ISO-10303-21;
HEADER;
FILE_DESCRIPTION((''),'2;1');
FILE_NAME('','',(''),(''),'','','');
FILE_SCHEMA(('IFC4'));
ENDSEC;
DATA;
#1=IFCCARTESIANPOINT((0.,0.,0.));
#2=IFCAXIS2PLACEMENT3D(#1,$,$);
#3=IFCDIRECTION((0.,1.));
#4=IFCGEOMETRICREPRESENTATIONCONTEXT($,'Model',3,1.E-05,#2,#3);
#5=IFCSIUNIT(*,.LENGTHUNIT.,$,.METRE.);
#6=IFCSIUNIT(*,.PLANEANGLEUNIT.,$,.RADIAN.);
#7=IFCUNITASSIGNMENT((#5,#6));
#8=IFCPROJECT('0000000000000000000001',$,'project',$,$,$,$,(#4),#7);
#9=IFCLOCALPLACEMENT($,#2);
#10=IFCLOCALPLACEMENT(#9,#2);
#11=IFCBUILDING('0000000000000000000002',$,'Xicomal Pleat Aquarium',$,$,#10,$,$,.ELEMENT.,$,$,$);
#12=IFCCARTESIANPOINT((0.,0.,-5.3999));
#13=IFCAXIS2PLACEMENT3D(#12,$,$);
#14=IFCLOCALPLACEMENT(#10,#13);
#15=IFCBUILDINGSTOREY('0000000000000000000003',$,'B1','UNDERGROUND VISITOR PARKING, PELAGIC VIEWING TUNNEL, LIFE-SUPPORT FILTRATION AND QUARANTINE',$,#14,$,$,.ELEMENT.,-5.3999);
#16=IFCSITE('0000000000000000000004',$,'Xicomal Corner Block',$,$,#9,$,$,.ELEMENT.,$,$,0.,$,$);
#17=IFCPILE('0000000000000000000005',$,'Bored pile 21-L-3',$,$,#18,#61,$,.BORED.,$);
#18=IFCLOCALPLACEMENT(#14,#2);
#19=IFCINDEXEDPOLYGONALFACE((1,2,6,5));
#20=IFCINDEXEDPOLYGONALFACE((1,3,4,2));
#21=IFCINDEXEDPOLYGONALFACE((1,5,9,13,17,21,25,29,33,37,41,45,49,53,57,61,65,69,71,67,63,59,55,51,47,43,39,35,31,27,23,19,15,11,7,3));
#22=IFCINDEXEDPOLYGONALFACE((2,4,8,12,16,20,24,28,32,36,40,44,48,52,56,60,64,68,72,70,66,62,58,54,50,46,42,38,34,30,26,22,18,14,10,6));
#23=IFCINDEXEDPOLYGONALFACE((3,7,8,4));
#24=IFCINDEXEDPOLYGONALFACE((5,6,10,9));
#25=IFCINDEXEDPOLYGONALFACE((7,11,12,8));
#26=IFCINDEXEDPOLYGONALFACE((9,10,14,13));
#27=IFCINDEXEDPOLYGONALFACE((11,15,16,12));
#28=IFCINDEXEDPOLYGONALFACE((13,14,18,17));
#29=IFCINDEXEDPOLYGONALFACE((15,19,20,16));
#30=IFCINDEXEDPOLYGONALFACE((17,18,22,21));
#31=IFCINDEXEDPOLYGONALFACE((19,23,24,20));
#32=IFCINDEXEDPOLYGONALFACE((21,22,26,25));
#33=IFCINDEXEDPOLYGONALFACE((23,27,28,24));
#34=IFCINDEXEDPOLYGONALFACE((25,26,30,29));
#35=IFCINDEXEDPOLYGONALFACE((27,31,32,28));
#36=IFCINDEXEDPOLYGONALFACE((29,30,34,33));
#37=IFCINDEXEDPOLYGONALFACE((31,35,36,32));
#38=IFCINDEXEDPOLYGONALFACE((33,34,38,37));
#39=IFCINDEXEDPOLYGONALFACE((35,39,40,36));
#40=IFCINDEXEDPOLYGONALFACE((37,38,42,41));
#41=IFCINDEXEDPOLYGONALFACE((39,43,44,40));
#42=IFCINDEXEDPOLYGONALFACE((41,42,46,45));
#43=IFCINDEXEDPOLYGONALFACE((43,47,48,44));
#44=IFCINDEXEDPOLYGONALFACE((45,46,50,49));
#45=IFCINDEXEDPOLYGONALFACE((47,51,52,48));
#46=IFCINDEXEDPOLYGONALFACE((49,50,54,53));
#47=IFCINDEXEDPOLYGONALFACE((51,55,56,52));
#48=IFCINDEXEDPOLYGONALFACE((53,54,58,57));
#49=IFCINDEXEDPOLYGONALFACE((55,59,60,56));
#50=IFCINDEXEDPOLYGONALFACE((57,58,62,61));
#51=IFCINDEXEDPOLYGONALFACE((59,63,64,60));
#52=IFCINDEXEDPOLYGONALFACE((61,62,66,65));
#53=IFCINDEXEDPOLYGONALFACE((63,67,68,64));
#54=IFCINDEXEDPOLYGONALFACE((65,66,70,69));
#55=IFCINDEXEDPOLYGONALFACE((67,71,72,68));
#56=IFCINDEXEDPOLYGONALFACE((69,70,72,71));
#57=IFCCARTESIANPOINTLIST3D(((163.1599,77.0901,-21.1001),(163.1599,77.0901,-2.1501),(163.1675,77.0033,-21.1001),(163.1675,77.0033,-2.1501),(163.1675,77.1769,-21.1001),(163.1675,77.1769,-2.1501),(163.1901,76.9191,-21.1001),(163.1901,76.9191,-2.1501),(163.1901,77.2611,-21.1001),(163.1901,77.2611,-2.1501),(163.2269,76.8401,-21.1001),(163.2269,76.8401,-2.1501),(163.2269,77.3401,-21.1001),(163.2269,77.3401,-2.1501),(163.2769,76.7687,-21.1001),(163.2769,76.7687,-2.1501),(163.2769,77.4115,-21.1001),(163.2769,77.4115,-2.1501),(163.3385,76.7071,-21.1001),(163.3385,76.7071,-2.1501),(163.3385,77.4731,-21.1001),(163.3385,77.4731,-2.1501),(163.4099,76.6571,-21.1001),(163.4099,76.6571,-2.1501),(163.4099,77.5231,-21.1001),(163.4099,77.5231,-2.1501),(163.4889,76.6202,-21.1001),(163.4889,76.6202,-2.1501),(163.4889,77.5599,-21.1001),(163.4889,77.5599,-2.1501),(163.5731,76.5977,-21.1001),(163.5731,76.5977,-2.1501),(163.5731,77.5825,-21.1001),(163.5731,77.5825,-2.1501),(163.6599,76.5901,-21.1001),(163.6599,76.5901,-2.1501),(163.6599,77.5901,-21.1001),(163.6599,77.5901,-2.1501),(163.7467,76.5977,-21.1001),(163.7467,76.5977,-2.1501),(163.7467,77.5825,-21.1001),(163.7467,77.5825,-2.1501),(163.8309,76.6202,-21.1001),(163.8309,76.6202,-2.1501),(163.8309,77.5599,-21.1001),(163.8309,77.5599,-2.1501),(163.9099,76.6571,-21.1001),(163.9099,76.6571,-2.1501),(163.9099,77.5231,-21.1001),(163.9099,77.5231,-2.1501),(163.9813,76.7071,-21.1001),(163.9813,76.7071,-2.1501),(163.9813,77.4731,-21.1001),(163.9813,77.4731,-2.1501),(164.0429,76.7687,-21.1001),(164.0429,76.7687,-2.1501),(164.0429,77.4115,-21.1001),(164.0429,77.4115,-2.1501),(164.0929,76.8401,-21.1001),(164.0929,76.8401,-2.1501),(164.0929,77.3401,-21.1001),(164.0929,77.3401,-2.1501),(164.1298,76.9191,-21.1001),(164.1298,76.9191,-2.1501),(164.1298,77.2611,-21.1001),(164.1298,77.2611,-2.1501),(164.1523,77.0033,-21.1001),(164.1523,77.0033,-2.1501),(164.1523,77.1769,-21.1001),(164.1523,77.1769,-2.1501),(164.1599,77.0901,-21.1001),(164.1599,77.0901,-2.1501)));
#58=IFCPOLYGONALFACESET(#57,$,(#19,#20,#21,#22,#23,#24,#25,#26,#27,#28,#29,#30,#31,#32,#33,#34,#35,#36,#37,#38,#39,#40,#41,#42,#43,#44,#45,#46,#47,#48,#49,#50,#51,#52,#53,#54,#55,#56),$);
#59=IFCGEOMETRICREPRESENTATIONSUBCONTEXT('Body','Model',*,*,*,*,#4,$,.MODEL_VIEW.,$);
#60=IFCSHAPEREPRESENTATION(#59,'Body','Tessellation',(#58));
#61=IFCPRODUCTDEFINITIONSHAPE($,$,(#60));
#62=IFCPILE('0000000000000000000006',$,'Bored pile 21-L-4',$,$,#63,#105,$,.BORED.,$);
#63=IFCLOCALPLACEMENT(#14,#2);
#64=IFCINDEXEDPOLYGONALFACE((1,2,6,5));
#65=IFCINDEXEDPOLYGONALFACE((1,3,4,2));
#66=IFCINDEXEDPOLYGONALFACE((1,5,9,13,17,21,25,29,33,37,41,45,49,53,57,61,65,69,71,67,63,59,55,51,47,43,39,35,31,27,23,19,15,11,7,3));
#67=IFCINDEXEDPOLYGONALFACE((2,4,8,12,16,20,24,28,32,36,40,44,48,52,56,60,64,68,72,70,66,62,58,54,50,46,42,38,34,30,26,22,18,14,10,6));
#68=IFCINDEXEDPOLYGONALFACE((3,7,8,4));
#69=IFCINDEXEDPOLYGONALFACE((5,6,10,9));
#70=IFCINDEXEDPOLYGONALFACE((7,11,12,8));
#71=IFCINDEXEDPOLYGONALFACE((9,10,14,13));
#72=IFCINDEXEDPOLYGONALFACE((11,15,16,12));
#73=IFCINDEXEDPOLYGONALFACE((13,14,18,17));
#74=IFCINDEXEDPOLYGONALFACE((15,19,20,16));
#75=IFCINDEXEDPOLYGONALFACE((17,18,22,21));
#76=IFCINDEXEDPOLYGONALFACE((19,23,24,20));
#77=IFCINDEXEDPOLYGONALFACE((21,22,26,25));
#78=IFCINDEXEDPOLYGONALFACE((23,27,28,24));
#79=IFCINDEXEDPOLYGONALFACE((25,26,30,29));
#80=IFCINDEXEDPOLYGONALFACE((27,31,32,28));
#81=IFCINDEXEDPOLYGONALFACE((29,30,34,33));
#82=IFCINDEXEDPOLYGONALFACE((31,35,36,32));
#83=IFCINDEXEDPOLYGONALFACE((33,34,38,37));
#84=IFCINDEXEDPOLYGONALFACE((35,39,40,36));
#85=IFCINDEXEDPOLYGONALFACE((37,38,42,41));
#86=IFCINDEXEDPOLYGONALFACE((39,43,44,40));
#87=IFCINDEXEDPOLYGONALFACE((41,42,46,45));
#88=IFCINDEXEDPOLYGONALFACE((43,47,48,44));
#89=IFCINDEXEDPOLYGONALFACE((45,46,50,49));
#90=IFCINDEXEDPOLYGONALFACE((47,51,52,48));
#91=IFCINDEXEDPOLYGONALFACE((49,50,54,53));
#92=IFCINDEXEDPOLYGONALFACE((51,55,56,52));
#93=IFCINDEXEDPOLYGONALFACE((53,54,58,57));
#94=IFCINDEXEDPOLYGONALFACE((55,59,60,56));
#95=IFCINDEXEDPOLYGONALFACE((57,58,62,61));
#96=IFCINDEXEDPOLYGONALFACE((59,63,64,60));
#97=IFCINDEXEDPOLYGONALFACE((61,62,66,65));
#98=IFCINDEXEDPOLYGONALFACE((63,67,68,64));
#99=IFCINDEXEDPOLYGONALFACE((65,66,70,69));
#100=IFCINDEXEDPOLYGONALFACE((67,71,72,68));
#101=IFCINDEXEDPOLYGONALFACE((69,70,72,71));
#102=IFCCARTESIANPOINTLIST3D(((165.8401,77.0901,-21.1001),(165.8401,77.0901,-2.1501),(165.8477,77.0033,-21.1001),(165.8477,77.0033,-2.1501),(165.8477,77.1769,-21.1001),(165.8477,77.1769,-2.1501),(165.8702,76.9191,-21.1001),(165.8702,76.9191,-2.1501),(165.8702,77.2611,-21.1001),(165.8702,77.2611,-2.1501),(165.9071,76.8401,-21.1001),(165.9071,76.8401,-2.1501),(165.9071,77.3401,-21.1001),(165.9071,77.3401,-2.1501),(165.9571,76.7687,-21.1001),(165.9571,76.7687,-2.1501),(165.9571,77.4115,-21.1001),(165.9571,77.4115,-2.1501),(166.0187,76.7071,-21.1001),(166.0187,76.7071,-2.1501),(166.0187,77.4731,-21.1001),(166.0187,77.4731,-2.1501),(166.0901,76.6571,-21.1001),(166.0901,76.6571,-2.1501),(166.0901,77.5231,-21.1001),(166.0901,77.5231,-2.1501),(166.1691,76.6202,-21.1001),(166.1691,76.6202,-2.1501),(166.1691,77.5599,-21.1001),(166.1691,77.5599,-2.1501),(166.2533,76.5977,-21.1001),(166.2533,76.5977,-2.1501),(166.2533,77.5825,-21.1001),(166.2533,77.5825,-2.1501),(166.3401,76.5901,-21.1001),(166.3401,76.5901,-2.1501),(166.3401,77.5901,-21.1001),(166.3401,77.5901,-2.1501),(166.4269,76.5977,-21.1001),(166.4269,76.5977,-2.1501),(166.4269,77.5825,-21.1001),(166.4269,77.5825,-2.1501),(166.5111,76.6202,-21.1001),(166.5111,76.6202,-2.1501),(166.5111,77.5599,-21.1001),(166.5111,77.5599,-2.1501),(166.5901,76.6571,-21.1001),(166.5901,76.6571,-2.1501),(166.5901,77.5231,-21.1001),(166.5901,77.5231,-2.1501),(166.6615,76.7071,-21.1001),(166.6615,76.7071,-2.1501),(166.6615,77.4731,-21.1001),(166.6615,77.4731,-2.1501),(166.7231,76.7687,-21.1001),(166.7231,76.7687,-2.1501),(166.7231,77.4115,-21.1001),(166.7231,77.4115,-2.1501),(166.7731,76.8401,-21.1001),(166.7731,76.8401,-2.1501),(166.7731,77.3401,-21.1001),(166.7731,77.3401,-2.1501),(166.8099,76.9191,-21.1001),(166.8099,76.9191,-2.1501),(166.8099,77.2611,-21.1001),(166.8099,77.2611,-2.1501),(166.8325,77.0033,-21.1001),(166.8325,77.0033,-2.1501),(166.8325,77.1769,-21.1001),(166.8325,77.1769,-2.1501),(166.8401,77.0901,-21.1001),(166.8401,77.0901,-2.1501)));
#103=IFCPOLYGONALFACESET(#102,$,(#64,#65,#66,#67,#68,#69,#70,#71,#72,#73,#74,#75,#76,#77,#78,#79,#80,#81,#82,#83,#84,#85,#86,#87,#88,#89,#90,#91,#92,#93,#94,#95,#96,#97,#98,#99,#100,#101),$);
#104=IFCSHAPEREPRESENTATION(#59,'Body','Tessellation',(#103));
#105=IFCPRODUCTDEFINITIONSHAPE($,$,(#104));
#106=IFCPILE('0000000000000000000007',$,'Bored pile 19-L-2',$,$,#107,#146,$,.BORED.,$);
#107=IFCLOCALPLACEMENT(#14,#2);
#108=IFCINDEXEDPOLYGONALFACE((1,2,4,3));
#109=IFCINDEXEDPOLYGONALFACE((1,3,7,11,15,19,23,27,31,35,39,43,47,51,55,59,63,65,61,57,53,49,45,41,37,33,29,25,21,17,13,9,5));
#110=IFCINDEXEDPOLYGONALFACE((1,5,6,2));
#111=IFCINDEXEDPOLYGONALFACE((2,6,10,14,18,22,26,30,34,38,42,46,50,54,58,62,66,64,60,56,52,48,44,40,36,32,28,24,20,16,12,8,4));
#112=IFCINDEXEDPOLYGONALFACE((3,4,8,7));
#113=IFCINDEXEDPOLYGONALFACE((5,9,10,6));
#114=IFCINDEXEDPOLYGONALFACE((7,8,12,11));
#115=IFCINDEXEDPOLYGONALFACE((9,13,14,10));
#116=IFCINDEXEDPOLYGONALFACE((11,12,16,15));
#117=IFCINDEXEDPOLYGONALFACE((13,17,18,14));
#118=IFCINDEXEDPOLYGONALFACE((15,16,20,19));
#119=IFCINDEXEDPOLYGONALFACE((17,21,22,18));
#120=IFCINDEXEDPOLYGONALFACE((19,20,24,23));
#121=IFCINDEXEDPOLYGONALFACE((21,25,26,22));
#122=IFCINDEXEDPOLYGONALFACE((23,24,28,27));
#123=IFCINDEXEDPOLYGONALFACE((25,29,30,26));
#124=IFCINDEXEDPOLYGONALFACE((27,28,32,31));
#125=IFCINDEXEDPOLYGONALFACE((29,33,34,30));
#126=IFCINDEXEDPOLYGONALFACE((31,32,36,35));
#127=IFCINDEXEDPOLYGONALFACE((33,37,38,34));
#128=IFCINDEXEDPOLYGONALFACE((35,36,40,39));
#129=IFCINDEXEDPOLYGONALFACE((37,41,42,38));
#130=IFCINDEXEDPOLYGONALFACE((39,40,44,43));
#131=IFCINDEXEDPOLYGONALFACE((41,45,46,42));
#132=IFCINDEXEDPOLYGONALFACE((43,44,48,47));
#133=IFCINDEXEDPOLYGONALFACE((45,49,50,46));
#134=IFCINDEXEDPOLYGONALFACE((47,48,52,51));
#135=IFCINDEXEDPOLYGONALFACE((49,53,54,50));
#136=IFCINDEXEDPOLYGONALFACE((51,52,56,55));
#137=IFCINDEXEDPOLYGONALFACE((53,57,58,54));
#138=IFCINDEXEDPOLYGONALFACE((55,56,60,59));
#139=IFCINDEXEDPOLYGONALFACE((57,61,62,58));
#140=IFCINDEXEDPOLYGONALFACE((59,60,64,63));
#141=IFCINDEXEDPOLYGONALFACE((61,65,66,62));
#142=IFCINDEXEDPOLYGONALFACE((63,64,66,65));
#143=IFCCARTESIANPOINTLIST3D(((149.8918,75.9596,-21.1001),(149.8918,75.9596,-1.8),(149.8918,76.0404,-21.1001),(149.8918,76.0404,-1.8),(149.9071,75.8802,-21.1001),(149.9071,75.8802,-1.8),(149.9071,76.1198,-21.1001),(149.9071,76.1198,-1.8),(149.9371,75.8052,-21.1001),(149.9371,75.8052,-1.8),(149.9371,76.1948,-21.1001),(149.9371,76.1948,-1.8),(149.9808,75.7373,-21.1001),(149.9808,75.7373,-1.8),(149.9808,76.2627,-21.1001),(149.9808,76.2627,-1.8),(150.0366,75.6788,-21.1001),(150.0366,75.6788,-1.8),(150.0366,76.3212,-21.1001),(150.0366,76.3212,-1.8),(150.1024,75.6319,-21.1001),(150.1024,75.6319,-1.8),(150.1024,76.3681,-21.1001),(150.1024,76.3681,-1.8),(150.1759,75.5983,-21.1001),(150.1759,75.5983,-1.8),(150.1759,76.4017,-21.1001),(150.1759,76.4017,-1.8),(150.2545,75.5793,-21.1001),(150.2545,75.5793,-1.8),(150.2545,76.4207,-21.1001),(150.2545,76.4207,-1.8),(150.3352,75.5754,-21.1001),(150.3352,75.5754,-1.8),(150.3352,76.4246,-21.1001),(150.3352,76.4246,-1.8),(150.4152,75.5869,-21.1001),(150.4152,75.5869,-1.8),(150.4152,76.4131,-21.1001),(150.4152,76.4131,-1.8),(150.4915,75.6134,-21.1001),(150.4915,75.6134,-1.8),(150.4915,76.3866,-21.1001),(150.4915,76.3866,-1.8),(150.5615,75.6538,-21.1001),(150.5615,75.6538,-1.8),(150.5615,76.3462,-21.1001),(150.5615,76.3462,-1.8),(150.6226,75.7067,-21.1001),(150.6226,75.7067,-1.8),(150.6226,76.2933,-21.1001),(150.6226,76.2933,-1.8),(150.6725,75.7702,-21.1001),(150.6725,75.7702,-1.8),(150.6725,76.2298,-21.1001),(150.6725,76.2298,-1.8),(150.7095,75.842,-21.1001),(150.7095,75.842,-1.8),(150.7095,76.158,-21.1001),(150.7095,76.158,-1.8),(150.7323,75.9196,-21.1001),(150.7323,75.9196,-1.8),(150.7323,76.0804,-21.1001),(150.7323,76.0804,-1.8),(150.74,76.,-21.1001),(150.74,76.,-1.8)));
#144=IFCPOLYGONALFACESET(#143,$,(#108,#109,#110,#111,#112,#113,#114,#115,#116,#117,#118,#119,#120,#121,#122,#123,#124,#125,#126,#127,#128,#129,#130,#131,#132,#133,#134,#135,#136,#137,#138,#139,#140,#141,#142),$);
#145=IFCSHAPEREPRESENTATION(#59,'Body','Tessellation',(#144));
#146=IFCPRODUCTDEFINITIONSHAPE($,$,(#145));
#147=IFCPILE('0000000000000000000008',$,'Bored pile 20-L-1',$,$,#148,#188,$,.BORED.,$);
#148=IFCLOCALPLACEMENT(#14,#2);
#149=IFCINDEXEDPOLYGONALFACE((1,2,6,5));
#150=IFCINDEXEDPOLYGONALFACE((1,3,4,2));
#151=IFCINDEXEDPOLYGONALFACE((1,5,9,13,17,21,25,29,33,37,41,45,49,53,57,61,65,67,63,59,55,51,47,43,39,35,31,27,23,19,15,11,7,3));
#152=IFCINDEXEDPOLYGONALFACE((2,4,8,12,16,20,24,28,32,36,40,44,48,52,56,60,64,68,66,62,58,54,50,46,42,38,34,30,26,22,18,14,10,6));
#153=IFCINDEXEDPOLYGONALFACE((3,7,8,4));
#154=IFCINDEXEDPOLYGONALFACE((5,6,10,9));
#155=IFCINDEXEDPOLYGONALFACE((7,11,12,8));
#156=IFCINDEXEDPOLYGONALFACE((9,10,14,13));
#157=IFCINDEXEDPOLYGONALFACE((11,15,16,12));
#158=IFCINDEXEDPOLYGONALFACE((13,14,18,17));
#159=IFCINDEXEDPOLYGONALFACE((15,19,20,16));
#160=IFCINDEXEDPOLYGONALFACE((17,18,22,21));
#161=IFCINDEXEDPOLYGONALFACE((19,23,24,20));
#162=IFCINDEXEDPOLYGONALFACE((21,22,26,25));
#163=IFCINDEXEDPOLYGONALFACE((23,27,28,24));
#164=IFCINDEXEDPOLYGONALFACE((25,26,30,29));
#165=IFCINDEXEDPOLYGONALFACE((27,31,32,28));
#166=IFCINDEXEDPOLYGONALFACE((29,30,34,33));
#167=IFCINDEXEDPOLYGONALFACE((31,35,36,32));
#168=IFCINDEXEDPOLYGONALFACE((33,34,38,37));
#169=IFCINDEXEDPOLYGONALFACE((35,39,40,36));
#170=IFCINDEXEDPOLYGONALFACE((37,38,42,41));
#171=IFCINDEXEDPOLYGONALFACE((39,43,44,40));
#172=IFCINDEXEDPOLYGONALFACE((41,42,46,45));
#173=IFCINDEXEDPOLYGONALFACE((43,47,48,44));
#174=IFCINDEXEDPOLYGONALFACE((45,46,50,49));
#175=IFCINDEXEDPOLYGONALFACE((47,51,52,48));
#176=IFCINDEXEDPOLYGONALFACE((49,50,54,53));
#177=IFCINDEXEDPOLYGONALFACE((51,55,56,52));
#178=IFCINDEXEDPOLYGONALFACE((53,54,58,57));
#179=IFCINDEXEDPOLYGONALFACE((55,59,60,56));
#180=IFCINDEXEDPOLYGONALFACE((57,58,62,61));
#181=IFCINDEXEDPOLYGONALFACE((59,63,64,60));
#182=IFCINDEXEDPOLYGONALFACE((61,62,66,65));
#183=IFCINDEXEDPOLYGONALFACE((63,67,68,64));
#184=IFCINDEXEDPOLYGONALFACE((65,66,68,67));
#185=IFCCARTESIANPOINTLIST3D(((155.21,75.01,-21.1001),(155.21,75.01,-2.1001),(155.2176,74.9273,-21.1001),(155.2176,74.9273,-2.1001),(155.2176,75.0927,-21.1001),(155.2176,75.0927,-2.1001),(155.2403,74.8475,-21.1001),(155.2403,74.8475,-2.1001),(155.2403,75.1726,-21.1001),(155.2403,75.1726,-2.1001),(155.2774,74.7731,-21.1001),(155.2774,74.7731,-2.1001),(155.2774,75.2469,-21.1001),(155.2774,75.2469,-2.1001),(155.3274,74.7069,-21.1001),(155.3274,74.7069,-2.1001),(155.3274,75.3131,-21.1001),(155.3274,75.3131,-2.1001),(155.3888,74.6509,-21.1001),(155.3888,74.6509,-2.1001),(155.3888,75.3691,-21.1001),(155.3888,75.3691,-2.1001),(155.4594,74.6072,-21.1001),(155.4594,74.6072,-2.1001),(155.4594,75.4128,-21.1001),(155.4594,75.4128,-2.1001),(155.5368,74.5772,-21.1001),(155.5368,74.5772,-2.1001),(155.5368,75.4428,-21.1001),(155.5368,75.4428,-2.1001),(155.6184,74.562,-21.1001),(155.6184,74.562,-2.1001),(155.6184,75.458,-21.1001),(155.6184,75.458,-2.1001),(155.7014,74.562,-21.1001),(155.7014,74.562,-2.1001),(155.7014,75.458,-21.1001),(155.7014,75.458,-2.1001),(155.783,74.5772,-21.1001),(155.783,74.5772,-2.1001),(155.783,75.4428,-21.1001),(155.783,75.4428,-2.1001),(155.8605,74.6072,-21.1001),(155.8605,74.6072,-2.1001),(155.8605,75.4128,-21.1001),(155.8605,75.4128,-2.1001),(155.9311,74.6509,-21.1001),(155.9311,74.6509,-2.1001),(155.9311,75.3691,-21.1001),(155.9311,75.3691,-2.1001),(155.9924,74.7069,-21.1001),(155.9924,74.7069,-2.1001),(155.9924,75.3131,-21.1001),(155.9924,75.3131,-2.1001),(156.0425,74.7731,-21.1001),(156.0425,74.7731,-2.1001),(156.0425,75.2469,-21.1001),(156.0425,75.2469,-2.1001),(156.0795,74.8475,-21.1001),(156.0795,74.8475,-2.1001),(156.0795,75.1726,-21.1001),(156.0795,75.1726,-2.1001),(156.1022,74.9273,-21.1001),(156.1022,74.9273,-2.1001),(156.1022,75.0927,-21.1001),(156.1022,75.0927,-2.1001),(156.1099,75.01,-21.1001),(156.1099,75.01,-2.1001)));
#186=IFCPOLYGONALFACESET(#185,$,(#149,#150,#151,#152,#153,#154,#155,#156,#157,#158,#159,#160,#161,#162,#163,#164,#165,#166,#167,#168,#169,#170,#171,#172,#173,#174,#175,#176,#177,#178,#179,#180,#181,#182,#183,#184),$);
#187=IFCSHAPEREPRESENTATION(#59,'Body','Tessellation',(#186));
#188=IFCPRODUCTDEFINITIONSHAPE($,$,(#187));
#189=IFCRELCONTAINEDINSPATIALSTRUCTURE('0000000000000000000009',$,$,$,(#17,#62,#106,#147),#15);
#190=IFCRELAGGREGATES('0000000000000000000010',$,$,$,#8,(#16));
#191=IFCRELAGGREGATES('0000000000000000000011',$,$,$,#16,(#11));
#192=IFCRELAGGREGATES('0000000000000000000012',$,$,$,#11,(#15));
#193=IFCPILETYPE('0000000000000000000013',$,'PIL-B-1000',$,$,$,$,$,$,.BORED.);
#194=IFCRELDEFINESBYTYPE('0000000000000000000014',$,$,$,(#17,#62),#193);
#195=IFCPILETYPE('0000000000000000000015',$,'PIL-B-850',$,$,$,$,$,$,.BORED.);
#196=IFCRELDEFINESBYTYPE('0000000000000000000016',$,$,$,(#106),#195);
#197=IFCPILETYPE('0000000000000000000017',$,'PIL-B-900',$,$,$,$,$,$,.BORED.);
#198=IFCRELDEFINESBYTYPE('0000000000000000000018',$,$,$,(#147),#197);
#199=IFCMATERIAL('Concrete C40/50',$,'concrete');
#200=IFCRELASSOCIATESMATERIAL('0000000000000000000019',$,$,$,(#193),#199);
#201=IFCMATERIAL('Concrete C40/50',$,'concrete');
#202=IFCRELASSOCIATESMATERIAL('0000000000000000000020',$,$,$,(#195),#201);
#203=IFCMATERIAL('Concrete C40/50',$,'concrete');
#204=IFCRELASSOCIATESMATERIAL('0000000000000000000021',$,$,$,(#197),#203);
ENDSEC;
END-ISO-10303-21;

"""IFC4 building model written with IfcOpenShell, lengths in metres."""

from ifc_helpers import new_model, si_unit, direction, frame, origin, origin_2d, place, context, subcontext, project, spatial, circle, extrude, material, material_profile, profile_set, type_object, element, save


model = new_model("IFC4")

# Units and contexts
model_context = context("Model", 3, precision=1e-05, world=origin(), true_north=direction((0.0, 1.0)))
body_context = subcontext(model_context, "Body", "Model", "MODEL_VIEW")
ifc_project = project(units=[si_unit("LENGTHUNIT", "METRE"), si_unit("PLANEANGLEUNIT", "RADIAN")], contexts=[model_context])

# Site, building, storey
site_placement = place(None, origin())
site = spatial("IfcSite", under=ifc_project, at=site_placement, Name="Xicomal Corner Block", CompositionType="ELEMENT", RefElevation=0.0)
building_placement = place(site_placement, origin())
building = spatial("IfcBuilding", under=site, at=building_placement, Name="Xicomal Pleat Aquarium", CompositionType="ELEMENT")
storey_placement = place(building_placement, frame((0.0, 0.0, -5.3999)))
storey = spatial("IfcBuildingStorey", under=building, at=storey_placement, Name="B1", Description="UNDERGROUND VISITOR PARKING, PELAGIC VIEWING TUNNEL, LIFE-SUPPORT FILTRATION AND QUARANTINE", CompositionType="ELEMENT", Elevation=-5.3999)

# Piles
ifc_material_1 = material(Name="Concrete C40/50", Category="concrete")
ifc_material_profile_1 = material_profile(ifc_material_1, circle(Radius=0.5, at=origin_2d()), Name="BORED PILE D1000")
ifc_profile_set_1 = profile_set([ifc_material_profile_1], Name="Concrete C40/50")
pile_type_1 = type_object("IfcPileType", Name="PIL-B-1000", PredefinedType="BORED", material=ifc_profile_set_1)
for number, where, z_axis, x_axis, name in (
    (1, (163.6599, 77.0901, -2.1501), (0.0, 0.0, -1.0), (1.0, 0.0, 0.0), "Bored pile 21-L-3"),
    (2, (166.3401, 77.0901, -2.1501), (0.0, 0.0, -1.0), (1.0, 0.0, 0.0), "Bored pile 21-L-4"),
):
    element("IfcPile", number, at=place(storey_placement, frame(where, z_axis=z_axis, x_axis=x_axis)), inside=storey, type_object=pile_type_1, Name=name, PredefinedType="BORED", context=body_context, shape_type="SweptSolid", body=[
        extrude(circle(Radius=0.5, at=origin_2d()), origin(), (0.0, 0.0, 1.0), 18.95),
    ])
ifc_material_2 = material(Name="Concrete C40/50", Category="concrete")
ifc_material_profile_2 = material_profile(ifc_material_2, circle(Radius=0.425, at=origin_2d()), Name="BORED PILE D850")
ifc_profile_set_2 = profile_set([ifc_material_profile_2], Name="Concrete C40/50")
pile_type_2 = type_object("IfcPileType", Name="PIL-B-850", PredefinedType="BORED", material=ifc_profile_set_2)
pile_placement = place(storey_placement, frame((150.3149, 76.0, -1.8), z_axis=(0.0, 0.0, -1.0), x_axis=(1.0, 0.0, 0.0)))
element("IfcPile", 3, at=pile_placement, inside=storey, type_object=pile_type_2, Name="Bored pile 19-L-2", PredefinedType="BORED", context=body_context, shape_type="SweptSolid", body=[
    extrude(circle(Radius=0.425, at=origin_2d()), origin(), (0.0, 0.0, 1.0), 19.3),
])
ifc_material_3 = material(Name="Concrete C40/50", Category="concrete")
ifc_material_profile_3 = material_profile(ifc_material_3, circle(Radius=0.45, at=origin_2d()), Name="BORED PILE D900")
ifc_profile_set_3 = profile_set([ifc_material_profile_3], Name="Concrete C40/50")
pile_type_3 = type_object("IfcPileType", Name="PIL-B-900", PredefinedType="BORED", material=ifc_profile_set_3)
for number, where, z_axis, x_axis, name in (
    (4, (155.6599, 75.01, -2.1001), (0.0, 0.0, -1.0), (1.0, 0.0, 0.0), "Bored pile 20-L-1"),
):
    element("IfcPile", number, at=place(storey_placement, frame(where, z_axis=z_axis, x_axis=x_axis)), inside=storey, type_object=pile_type_3, Name=name, PredefinedType="BORED", context=body_context, shape_type="SweptSolid", body=[
        extrude(circle(Radius=0.45, at=origin_2d()), origin(), (0.0, 0.0, 1.0), 19.0),
    ])

save(model, "model.ifc")
